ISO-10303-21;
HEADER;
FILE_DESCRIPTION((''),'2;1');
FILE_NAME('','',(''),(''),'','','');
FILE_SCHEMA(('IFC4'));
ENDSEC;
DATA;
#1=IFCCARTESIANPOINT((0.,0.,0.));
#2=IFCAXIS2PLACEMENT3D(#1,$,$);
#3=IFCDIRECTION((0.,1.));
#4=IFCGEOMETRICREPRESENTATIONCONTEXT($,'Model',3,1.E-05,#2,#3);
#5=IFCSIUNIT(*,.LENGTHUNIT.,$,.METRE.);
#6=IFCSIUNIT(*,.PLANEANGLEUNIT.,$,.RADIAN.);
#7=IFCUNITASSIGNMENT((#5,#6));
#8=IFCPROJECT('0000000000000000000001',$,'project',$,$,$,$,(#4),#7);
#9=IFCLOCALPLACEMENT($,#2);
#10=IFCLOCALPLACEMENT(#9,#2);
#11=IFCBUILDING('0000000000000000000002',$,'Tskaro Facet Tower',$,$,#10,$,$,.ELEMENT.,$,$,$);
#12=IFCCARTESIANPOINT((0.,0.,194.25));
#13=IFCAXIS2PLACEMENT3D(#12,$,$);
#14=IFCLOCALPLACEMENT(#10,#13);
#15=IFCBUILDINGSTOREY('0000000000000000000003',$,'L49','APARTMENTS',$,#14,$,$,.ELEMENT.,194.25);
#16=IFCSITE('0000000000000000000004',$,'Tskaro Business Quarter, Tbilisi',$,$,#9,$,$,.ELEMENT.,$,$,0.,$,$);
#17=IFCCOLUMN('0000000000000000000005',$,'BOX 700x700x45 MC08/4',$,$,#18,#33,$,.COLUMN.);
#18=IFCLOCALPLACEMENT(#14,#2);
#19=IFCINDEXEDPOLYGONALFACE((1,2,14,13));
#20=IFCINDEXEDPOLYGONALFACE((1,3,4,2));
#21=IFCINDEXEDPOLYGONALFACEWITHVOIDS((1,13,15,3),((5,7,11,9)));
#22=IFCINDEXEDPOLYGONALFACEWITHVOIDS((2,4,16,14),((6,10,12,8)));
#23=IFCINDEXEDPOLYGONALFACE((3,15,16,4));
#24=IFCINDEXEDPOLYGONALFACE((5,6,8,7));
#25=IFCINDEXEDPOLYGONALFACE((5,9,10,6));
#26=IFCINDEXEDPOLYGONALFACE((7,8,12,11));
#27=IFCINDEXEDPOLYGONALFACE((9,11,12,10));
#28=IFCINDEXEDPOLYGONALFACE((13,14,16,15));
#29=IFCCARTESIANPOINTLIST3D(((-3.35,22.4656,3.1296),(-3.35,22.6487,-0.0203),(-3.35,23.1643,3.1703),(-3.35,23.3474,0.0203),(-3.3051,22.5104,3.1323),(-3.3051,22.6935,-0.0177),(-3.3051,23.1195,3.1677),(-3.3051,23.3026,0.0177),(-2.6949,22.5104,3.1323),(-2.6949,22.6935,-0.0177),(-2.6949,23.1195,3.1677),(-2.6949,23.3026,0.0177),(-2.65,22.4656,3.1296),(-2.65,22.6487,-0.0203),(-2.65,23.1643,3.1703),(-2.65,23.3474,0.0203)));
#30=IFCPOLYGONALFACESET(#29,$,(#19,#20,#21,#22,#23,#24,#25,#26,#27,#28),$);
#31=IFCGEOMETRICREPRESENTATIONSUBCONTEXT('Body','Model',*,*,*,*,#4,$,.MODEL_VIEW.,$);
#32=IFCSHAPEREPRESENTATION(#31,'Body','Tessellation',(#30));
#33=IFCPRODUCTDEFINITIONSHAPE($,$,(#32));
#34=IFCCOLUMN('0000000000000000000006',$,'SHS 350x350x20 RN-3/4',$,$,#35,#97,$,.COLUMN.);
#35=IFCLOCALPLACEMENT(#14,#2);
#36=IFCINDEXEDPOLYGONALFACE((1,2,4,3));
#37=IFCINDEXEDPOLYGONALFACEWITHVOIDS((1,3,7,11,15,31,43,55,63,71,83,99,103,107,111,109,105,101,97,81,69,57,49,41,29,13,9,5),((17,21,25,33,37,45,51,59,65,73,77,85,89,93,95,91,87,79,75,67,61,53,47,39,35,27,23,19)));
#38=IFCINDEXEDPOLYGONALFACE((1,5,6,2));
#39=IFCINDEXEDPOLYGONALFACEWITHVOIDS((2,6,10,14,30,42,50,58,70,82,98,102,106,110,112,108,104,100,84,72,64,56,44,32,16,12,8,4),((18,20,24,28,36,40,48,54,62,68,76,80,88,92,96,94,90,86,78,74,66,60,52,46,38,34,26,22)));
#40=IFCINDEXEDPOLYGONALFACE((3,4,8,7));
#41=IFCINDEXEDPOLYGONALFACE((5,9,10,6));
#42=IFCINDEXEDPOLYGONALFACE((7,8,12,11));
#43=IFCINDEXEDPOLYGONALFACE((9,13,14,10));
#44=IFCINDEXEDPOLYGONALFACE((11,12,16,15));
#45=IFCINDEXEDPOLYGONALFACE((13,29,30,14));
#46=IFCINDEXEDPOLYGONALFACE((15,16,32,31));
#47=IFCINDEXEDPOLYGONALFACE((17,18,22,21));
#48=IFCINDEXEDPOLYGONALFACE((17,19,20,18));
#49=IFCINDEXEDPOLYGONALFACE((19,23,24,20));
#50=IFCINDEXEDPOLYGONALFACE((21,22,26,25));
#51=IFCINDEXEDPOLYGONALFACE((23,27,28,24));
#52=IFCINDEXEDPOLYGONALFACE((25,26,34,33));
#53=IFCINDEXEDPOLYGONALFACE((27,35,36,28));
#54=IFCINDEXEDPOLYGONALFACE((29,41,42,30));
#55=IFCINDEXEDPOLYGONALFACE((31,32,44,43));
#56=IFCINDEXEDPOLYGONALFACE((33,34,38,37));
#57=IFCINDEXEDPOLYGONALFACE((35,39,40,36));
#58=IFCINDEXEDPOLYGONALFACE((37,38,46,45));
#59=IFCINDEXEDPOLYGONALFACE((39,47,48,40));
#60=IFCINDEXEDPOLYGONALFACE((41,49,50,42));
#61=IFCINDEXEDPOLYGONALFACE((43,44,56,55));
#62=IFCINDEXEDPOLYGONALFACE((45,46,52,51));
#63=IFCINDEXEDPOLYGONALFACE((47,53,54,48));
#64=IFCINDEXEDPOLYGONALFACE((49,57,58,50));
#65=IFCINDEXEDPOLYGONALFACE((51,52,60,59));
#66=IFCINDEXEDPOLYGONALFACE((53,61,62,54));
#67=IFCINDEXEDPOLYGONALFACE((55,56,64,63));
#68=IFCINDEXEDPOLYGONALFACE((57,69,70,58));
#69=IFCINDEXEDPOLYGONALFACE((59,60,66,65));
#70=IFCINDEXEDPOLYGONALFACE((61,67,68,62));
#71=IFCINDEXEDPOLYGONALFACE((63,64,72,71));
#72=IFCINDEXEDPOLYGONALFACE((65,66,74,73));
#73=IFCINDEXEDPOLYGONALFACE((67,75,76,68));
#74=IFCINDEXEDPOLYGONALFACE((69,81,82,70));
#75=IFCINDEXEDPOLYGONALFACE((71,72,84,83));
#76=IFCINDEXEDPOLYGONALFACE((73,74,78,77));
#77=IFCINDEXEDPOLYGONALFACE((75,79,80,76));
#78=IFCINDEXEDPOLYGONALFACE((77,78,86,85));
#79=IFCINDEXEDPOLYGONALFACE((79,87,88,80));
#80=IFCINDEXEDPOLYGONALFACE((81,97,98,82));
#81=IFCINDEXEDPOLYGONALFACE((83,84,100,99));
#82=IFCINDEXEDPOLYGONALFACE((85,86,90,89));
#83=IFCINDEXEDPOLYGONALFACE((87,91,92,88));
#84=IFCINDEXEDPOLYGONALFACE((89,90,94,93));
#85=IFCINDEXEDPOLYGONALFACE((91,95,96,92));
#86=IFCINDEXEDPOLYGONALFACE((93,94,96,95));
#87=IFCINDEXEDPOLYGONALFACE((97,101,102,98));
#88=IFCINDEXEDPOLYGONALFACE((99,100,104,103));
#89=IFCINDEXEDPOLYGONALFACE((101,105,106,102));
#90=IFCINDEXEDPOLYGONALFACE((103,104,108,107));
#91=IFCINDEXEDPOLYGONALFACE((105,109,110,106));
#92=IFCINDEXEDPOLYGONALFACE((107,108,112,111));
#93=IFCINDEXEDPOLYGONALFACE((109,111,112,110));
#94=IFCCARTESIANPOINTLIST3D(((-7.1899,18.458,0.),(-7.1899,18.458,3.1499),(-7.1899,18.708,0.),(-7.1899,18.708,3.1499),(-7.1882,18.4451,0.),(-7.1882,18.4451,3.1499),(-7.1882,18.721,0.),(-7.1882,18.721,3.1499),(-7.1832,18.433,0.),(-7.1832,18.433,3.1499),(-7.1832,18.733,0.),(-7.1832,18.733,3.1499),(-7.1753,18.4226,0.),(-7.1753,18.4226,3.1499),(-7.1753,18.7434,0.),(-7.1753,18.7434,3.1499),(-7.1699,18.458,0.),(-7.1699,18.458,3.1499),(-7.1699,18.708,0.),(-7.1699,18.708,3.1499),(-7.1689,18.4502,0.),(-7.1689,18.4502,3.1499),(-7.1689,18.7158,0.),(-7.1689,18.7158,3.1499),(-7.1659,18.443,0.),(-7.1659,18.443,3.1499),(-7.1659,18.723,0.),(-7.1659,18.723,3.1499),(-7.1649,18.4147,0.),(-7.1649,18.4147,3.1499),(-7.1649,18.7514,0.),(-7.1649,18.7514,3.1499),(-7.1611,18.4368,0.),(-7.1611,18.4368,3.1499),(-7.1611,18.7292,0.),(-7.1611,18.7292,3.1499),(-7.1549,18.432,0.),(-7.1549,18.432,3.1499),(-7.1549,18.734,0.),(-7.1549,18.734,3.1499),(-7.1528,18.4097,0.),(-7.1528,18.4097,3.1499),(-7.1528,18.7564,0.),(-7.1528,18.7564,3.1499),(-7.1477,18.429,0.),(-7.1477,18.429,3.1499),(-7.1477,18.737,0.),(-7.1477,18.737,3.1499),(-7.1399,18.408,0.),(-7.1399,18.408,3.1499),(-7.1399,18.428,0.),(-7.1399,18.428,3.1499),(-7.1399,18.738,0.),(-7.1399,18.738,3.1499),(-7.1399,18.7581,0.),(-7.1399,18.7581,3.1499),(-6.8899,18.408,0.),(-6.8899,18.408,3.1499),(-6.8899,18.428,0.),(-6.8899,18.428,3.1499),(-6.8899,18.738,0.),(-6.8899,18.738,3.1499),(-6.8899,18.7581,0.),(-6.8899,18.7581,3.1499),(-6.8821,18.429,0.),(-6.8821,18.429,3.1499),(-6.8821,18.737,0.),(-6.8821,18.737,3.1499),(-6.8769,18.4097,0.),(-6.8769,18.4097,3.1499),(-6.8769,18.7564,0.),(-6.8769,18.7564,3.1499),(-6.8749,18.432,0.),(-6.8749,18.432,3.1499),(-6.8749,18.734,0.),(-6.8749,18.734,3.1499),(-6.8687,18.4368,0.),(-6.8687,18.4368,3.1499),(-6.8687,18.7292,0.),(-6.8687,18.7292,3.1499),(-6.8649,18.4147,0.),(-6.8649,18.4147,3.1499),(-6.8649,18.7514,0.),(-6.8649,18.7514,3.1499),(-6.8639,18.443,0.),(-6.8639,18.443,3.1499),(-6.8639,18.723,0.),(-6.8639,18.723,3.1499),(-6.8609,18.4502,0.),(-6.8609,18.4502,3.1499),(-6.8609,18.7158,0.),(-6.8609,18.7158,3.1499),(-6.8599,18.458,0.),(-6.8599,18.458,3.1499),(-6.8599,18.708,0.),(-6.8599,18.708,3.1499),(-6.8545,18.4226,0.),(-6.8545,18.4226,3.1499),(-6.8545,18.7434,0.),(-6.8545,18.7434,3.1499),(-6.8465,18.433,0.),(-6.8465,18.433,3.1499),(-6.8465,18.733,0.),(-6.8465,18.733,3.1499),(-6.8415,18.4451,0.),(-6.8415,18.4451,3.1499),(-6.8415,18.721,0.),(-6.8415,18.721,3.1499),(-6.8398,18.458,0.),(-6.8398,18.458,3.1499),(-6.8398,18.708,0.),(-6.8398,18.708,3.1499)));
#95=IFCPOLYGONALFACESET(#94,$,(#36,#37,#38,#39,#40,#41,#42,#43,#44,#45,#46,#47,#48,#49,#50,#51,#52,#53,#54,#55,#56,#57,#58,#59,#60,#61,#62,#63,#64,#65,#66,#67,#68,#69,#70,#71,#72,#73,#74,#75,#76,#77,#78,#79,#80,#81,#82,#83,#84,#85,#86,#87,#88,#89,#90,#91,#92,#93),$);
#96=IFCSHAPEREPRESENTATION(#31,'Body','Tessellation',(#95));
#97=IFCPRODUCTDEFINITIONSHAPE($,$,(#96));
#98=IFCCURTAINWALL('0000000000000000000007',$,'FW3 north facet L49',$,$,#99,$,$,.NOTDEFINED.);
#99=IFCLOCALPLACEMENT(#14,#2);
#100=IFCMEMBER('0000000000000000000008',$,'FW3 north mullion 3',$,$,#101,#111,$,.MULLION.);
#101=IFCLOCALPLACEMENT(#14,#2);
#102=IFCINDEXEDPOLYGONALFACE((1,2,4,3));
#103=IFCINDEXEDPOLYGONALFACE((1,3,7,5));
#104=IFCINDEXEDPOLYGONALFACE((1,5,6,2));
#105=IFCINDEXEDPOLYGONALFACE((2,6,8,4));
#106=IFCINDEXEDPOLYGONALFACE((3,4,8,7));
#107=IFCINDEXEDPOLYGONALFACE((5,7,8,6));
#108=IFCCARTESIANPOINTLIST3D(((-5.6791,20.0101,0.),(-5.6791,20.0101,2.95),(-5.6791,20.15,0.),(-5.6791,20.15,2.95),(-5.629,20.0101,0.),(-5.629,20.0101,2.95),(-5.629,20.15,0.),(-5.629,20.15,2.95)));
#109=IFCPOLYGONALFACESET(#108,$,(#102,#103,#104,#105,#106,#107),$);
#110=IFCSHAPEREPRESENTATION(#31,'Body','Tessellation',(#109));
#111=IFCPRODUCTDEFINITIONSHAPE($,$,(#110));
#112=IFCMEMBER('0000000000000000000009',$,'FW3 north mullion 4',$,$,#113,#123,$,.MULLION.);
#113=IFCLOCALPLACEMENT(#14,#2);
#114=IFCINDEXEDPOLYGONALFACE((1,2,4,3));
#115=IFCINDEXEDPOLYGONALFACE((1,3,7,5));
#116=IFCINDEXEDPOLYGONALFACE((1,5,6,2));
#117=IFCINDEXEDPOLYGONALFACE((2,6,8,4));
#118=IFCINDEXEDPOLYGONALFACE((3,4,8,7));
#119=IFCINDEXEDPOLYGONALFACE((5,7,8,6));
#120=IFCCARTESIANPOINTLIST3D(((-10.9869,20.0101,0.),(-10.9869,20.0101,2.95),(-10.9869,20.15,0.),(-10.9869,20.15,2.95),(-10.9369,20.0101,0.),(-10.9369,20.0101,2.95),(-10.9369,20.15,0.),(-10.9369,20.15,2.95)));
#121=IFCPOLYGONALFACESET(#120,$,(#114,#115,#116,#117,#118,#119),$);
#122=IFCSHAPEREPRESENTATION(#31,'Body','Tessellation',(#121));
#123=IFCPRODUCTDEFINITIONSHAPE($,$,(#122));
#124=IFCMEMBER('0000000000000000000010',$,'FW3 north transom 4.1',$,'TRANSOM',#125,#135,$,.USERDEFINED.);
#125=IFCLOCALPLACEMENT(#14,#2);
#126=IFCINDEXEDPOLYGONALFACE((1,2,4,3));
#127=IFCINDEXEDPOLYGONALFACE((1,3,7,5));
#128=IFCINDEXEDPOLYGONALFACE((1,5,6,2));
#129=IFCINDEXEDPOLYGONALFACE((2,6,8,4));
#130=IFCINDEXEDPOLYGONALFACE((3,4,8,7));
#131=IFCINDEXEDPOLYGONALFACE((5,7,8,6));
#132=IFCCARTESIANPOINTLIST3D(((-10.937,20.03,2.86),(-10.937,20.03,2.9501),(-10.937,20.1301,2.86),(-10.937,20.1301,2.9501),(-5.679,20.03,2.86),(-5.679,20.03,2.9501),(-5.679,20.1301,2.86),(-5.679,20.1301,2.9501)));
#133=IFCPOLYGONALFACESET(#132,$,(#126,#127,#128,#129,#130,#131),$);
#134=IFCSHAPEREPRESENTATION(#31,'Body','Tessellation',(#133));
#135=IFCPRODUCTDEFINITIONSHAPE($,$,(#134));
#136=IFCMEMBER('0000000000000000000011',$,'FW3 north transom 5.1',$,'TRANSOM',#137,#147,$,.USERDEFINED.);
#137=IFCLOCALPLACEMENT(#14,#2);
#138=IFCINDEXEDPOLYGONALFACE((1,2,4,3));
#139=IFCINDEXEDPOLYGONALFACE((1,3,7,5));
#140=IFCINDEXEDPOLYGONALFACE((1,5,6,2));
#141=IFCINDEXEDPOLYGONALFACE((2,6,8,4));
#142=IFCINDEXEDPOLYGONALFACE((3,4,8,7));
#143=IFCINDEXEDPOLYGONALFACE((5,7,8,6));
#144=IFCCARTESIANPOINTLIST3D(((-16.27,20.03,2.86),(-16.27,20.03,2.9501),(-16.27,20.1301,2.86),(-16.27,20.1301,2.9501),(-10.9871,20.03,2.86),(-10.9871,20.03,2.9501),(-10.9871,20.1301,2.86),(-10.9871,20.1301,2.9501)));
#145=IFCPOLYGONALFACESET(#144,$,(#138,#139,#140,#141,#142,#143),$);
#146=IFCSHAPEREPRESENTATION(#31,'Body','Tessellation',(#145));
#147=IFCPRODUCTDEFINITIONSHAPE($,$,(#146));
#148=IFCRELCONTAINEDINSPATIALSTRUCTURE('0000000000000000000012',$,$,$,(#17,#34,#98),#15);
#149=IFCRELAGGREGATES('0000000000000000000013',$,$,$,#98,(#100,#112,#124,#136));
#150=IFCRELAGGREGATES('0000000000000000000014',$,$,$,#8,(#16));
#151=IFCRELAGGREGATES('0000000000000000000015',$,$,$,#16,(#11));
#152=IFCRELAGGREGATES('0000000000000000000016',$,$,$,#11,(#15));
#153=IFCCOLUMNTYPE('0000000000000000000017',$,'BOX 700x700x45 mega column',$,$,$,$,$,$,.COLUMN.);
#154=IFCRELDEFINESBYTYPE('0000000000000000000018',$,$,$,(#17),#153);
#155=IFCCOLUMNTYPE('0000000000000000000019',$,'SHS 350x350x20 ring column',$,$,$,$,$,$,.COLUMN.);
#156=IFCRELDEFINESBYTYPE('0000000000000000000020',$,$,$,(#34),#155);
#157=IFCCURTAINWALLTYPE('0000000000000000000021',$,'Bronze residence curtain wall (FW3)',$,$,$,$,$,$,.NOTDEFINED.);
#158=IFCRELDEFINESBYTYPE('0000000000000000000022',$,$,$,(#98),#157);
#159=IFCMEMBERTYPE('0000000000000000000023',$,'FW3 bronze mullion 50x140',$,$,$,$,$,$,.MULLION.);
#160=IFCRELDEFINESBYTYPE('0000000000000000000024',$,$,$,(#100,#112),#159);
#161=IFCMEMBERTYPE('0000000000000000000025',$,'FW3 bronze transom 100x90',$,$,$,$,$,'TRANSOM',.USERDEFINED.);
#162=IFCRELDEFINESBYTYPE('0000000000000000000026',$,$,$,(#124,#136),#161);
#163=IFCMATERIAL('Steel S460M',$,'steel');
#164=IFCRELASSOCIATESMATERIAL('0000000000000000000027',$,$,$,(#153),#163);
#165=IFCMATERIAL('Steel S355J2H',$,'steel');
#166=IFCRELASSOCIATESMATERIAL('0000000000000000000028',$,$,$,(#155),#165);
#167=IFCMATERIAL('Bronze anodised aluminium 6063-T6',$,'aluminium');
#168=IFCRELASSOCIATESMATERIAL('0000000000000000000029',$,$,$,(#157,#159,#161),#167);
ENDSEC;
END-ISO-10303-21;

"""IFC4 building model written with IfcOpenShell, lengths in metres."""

from ifc_helpers import new_model, si_unit, direction, frame, origin, origin_2d, place, context, subcontext, project, spatial, rectangle, hollow_rectangle, extrude, material, material_profile, profile_set, type_object, element, aggregate, save


model = new_model("IFC4")

# Units and contexts
model_context = context("Model", 3, precision=1e-05, world=origin(), true_north=direction((0.0, 1.0)))
body_context = subcontext(model_context, "Body", "Model", "MODEL_VIEW")
ifc_project = project(units=[si_unit("LENGTHUNIT", "METRE"), si_unit("PLANEANGLEUNIT", "RADIAN")], contexts=[model_context])

# Site, building, storey
site_placement = place(None, origin())
site = spatial("IfcSite", under=ifc_project, at=site_placement, Name="Tskaro Business Quarter, Tbilisi", CompositionType="ELEMENT", RefElevation=0.0)
building_placement = place(site_placement, origin())
building = spatial("IfcBuilding", under=site, at=building_placement, Name="Tskaro Facet Tower", CompositionType="ELEMENT")
storey_placement = place(building_placement, frame((0.0, 0.0, 194.25)))
storey = spatial("IfcBuildingStorey", under=building, at=storey_placement, Name="L49", Description="APARTMENTS", CompositionType="ELEMENT", Elevation=194.25)

# Columns
ifc_material_1 = material(Name="Steel S460M", Category="steel")
ifc_material_profile_1 = material_profile(ifc_material_1, hollow_rectangle(XDim=0.7, YDim=0.7, WallThickness=0.0449, at=origin_2d()), Name="BOX 700x700x45")
ifc_profile_set_1 = profile_set([ifc_material_profile_1], Name="Steel S460M")
column_type_1 = type_object("IfcColumnType", Name="BOX 700x700x45 mega column", PredefinedType="COLUMN", material=ifc_profile_set_1)
column_1_placement = place(storey_placement, frame((-3.0, 22.998, 0.0), z_axis=(0.0, -0.058033, 0.998315), x_axis=(1.0, 0.0, 0.0)))
element("IfcColumn", 1, at=column_1_placement, inside=storey, type_object=column_type_1, Name="BOX 700x700x45 MC08/4", PredefinedType="COLUMN", context=body_context, shape_type="SweptSolid", body=[
    extrude(hollow_rectangle(XDim=0.7, YDim=0.7, WallThickness=0.0449, at=origin_2d()), origin(), (0.0, 0.0, 1.0), 3.1553),
])
ifc_material_2 = material(Name="Steel S355J2H", Category="steel")
ifc_material_profile_2 = material_profile(ifc_material_2, hollow_rectangle(XDim=0.3501, YDim=0.3501, WallThickness=0.02, InnerFilletRadius=0.03, OuterFilletRadius=0.05, at=origin_2d()), Name="SHS 350x350x20")
ifc_profile_set_2 = profile_set([ifc_material_profile_2], Name="Steel S355J2H")
column_type_2 = type_object("IfcColumnType", Name="SHS 350x350x20 ring column", PredefinedType="COLUMN", material=ifc_profile_set_2)
column_2_placement = place(storey_placement, frame((-7.0149, 18.583, 0.0), z_axis=(0.0, 0.0, 1.0), x_axis=(1.0, 0.0, 0.0)))
element("IfcColumn", 2, at=column_2_placement, inside=storey, type_object=column_type_2, Name="SHS 350x350x20 RN-3/4", PredefinedType="COLUMN", context=body_context, shape_type="SweptSolid", body=[
    extrude(hollow_rectangle(XDim=0.3501, YDim=0.3501, WallThickness=0.02, InnerFilletRadius=0.03, OuterFilletRadius=0.05, at=origin_2d()), origin(), (0.0, 0.0, 1.0), 3.1499),
])

# Curtain wall, members
ifc_material_3 = material(Name="Bronze anodised aluminium 6063-T6", Category="aluminium")
curtain_wall_type = type_object("IfcCurtainWallType", Name="Bronze residence curtain wall (FW3)", PredefinedType="NOTDEFINED", material=ifc_material_3)
curtain_wall_placement = place(storey_placement, origin())
curtain_wall = element("IfcCurtainWall", 3, at=curtain_wall_placement, inside=storey, type_object=curtain_wall_type, Name="FW3 north facet L49", PredefinedType="NOTDEFINED")
ifc_material_profile_3 = material_profile(ifc_material_3, rectangle(XDim=0.05, YDim=0.1399, at=origin_2d()), Name="Mullion 50x140")
ifc_profile_set_3 = profile_set([ifc_material_profile_3], Name="Bronze anodised aluminium 6063-T6")
member_type_1 = type_object("IfcMemberType", Name="FW3 bronze mullion 50x140", PredefinedType="MULLION", material=ifc_profile_set_3)
member_1_placement = place(storey_placement, frame((-5.6541, 20.0801, 0.0), z_axis=(0.0, 0.0, 1.0), x_axis=(-1.0, 0.0, 0.0)))
member_1 = element("IfcMember", 4, at=member_1_placement, type_object=member_type_1, Name="FW3 north mullion 3", PredefinedType="MULLION", context=body_context, shape_type="SweptSolid", body=[
    extrude(rectangle(XDim=0.05, YDim=0.1399, at=origin_2d()), origin(), (0.0, 0.0, 1.0), 2.95),
])
member_2_placement = place(storey_placement, frame((-10.9619, 20.0801, 0.0), z_axis=(0.0, 0.0, 1.0), x_axis=(-1.0, 0.0, 0.0)))
member_2 = element("IfcMember", 5, at=member_2_placement, type_object=member_type_1, Name="FW3 north mullion 4", PredefinedType="MULLION", context=body_context, shape_type="SweptSolid", body=[
    extrude(rectangle(XDim=0.05, YDim=0.1399, at=origin_2d()), origin(), (0.0, 0.0, 1.0), 2.95),
])
ifc_material_profile_4 = material_profile(ifc_material_3, rectangle(XDim=0.1001, YDim=0.0901, at=origin_2d()), Name="Transom 100x90")
ifc_profile_set_4 = profile_set([ifc_material_profile_4], Name="Bronze anodised aluminium 6063-T6")
member_type_2 = type_object("IfcMemberType", Name="FW3 bronze transom 100x90", ElementType="TRANSOM", PredefinedType="USERDEFINED", material=ifc_profile_set_4)
member_3_placement = place(storey_placement, frame((-5.679, 20.0801, 2.905), z_axis=(-1.0, 0.0, 0.0), x_axis=(0.0, -1.0, 0.0)))
member_3 = element("IfcMember", 6, at=member_3_placement, type_object=member_type_2, Name="FW3 north transom 4.1", ObjectType="TRANSOM", PredefinedType="USERDEFINED", context=body_context, shape_type="SweptSolid", body=[
    extrude(rectangle(XDim=0.1001, YDim=0.0901, at=origin_2d()), origin(), (0.0, 0.0, 1.0), 5.2581),
])
member_4_placement = place(storey_placement, frame((-10.9871, 20.0801, 2.905), z_axis=(-1.0, 0.0, 0.0), x_axis=(0.0, -1.0, 0.0)))
member_4 = element("IfcMember", 7, at=member_4_placement, type_object=member_type_2, Name="FW3 north transom 5.1", ObjectType="TRANSOM", PredefinedType="USERDEFINED", context=body_context, shape_type="SweptSolid", body=[
    extrude(rectangle(XDim=0.1001, YDim=0.0901, at=origin_2d()), origin(), (0.0, 0.0, 1.0), 5.283),
])

aggregate(curtain_wall, [member_1, member_2, member_3, member_4])

save(model, "model.ifc")
